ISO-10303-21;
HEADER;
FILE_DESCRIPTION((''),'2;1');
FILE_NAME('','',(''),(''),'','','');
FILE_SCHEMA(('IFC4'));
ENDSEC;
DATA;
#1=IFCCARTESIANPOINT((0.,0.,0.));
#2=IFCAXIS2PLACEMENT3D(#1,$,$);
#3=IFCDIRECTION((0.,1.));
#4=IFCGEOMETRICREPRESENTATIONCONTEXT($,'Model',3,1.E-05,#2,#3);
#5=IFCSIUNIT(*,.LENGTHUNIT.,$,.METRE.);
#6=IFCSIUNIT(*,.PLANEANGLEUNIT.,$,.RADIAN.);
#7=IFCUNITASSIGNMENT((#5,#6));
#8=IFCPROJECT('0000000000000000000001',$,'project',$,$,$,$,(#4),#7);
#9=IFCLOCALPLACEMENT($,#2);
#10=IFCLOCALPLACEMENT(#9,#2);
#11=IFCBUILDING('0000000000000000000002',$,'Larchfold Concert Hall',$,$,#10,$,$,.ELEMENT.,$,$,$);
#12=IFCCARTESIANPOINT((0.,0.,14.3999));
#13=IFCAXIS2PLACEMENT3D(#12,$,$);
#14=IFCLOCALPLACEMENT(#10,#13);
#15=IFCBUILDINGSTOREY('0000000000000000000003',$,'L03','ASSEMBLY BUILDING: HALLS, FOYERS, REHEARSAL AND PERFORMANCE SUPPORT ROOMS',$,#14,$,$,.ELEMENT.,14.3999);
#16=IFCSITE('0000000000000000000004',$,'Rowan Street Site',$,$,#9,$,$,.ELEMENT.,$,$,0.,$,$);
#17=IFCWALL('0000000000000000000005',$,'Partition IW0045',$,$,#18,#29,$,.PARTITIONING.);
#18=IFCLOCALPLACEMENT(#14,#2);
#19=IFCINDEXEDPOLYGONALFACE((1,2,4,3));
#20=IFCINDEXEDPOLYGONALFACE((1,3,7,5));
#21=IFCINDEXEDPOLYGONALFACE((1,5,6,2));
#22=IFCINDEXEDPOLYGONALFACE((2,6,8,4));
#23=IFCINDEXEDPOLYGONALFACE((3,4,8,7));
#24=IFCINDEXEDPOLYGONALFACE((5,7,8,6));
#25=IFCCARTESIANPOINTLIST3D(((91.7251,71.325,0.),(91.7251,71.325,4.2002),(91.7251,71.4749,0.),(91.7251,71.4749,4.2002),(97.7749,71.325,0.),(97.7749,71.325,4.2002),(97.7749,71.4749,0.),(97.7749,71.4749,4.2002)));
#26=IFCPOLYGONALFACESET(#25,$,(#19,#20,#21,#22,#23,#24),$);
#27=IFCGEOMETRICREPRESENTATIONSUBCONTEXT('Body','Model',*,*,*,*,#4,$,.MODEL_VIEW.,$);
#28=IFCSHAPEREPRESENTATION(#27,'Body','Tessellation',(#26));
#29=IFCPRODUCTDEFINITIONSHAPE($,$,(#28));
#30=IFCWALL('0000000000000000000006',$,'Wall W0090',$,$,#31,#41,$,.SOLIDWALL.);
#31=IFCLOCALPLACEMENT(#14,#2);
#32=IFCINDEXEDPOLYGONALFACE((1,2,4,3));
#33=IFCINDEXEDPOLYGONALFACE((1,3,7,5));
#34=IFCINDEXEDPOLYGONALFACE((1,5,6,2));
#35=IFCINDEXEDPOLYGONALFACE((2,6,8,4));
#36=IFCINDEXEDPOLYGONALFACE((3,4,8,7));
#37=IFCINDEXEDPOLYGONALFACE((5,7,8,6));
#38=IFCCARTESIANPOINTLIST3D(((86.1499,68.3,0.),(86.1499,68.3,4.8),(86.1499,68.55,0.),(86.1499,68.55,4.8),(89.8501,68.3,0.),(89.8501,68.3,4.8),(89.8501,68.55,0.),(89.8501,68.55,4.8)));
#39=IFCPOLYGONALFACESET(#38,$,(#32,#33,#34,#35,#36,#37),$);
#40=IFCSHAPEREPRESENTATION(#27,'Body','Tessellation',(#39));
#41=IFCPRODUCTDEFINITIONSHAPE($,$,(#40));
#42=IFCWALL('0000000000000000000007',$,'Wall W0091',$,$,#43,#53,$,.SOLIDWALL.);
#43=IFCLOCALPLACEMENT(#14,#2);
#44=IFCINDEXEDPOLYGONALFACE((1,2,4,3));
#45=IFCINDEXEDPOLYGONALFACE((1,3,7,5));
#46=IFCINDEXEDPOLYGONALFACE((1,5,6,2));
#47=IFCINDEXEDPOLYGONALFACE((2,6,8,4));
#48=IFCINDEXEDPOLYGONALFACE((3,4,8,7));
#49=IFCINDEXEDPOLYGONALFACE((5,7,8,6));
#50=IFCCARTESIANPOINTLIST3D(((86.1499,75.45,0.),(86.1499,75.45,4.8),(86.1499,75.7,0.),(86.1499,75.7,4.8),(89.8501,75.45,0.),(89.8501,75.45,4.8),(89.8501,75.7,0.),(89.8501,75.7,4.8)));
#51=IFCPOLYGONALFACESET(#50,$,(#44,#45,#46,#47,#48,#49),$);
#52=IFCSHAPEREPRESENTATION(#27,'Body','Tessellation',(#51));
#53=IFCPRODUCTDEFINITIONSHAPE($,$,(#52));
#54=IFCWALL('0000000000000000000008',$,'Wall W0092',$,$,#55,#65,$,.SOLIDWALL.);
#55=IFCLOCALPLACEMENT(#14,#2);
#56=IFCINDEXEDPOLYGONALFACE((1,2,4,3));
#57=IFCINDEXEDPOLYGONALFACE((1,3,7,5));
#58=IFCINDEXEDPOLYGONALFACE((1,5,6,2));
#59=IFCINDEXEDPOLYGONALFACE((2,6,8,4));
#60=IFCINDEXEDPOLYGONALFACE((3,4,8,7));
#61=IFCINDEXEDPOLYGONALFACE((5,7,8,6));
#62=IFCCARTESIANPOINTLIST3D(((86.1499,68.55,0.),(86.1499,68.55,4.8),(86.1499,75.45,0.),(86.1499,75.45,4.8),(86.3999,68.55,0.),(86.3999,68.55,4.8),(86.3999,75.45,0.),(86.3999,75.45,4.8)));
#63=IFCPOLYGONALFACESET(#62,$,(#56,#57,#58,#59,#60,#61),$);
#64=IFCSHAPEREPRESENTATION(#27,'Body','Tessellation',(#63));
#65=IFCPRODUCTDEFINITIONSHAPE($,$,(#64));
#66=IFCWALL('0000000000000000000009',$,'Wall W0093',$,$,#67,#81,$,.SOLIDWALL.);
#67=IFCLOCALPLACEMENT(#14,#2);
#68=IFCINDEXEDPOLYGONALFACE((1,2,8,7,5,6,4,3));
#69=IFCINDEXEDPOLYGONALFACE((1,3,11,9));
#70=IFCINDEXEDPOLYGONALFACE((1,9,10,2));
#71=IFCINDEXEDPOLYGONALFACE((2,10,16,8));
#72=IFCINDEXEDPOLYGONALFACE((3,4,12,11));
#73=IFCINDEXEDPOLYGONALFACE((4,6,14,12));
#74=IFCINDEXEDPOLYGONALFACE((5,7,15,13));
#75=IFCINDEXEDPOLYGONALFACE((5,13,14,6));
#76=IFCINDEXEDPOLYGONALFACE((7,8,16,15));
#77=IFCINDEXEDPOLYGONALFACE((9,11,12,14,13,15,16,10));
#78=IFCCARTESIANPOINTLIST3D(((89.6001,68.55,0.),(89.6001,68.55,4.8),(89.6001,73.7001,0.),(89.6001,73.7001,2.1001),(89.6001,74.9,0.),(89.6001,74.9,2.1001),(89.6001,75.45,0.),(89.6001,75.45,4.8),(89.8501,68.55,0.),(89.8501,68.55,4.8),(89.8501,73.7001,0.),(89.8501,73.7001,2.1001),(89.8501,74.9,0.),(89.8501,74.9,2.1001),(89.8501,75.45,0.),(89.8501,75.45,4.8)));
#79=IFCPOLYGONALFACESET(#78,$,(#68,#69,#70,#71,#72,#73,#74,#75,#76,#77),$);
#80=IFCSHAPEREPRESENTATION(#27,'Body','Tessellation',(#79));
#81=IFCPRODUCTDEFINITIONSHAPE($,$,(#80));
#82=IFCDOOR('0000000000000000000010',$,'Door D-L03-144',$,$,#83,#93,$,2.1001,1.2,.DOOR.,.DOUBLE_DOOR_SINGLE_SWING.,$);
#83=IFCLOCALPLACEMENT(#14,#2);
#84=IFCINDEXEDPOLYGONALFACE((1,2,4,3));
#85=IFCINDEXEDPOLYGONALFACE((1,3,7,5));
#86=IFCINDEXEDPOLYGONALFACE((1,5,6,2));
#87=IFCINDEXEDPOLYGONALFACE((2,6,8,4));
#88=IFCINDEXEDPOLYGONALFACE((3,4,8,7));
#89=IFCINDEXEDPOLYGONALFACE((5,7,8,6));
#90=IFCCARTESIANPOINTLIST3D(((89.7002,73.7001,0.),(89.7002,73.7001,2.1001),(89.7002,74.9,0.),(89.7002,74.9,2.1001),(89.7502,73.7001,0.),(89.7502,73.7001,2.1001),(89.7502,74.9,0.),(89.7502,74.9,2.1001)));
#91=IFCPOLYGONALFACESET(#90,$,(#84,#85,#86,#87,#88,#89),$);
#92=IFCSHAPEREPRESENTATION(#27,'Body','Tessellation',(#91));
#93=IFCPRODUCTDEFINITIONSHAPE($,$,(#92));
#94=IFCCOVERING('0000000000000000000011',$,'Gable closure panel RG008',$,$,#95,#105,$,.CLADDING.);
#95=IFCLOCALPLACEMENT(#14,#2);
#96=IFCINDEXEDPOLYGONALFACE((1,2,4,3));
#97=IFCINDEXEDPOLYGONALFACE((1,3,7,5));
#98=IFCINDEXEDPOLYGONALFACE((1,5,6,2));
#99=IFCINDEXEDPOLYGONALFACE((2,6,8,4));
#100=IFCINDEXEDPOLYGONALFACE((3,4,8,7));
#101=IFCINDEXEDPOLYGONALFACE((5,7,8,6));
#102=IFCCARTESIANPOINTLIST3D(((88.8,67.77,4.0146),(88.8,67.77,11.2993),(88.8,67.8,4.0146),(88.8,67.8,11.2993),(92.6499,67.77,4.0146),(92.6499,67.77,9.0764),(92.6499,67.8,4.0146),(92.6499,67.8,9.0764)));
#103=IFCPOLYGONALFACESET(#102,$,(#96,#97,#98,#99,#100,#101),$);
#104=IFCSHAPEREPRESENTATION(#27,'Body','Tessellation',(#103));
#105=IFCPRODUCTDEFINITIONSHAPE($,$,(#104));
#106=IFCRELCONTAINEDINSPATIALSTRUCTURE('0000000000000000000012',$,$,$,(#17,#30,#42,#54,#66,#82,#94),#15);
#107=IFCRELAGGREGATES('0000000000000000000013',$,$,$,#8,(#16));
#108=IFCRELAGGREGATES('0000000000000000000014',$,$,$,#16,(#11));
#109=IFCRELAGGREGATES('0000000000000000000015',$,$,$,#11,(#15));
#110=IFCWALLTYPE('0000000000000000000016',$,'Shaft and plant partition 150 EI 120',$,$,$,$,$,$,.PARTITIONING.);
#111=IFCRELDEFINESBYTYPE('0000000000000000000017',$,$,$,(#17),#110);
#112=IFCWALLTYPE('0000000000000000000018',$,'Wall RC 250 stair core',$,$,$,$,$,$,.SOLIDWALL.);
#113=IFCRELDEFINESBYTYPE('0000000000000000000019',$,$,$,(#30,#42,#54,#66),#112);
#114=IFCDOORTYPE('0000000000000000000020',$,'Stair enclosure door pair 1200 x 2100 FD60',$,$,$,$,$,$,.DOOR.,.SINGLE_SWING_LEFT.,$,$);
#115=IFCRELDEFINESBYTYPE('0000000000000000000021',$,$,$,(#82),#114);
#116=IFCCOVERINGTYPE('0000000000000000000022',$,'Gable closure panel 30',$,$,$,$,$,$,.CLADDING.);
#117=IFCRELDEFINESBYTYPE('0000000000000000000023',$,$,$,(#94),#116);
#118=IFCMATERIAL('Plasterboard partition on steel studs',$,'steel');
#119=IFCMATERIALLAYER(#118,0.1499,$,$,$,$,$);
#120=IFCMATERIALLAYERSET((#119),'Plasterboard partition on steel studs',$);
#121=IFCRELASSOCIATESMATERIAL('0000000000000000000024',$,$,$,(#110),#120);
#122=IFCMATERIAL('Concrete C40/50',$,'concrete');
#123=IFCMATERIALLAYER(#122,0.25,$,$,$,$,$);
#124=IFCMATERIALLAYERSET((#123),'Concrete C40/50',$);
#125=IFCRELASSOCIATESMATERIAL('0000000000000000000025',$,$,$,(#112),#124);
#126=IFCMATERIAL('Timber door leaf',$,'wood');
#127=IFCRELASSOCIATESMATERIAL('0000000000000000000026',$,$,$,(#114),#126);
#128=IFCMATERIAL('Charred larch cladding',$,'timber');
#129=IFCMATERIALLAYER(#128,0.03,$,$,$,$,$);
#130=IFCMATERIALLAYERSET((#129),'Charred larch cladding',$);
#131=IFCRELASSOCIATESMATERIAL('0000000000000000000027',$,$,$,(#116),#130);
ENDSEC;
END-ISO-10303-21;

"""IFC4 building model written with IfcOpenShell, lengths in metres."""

from ifc_helpers import new_model, si_unit, direction, frame, frame_2d, origin, place, context, subcontext, project, spatial, polyline, rectangle, outline, extrude, material, layer, layer_set, type_object, element, fill, save


model = new_model("IFC4")

# Units and contexts
model_context = context("Model", 3, precision=1e-05, world=origin(), true_north=direction((0.0, 1.0)))
body_context = subcontext(model_context, "Body", "Model", "MODEL_VIEW")
ifc_project = project(units=[si_unit("LENGTHUNIT", "METRE"), si_unit("PLANEANGLEUNIT", "RADIAN")], contexts=[model_context])

# Site, building, storey
site_placement = place(None, origin())
site = spatial("IfcSite", under=ifc_project, at=site_placement, Name="Rowan Street Site", CompositionType="ELEMENT", RefElevation=0.0)
building_placement = place(site_placement, origin())
building = spatial("IfcBuilding", under=site, at=building_placement, Name="Larchfold Concert Hall", CompositionType="ELEMENT")
storey_placement = place(building_placement, frame((0.0, 0.0, 14.3999)))
storey = spatial("IfcBuildingStorey", under=building, at=storey_placement, Name="L03", Description="ASSEMBLY BUILDING: HALLS, FOYERS, REHEARSAL AND PERFORMANCE SUPPORT ROOMS", CompositionType="ELEMENT", Elevation=14.3999)

# Walls
ifc_material_1 = material(Name="Plasterboard partition on steel studs", Category="steel")
ifc_layer_1 = layer(ifc_material_1, 0.1499)
ifc_layer_set_1 = layer_set([ifc_layer_1], Name="Plasterboard partition on steel studs")
wall_type_1 = type_object("IfcWallType", Name="Shaft and plant partition 150 EI 120", PredefinedType="PARTITIONING", material=ifc_layer_set_1)
wall_1_placement = place(storey_placement, frame((91.7251, 71.3999, 0.0), z_axis=(0.0, 0.0, 1.0), x_axis=(1.0, 0.0, 0.0)))
element("IfcWall", 1, at=wall_1_placement, inside=storey, type_object=wall_type_1, Name="Partition IW0045", PredefinedType="PARTITIONING", context=body_context, shape_type="SweptSolid", body=[
    extrude(rectangle(XDim=6.0498, YDim=0.1499, at=frame_2d((3.0249, 0.0))), origin(), (0.0, 0.0, 1.0), 4.2002),
])
ifc_material_2 = material(Name="Concrete C40/50", Category="concrete")
ifc_layer_2 = layer(ifc_material_2, 0.25)
ifc_layer_set_2 = layer_set([ifc_layer_2], Name="Concrete C40/50")
wall_type_2 = type_object("IfcWallType", Name="Wall RC 250 stair core", PredefinedType="SOLIDWALL", material=ifc_layer_set_2)
for number, where, z_axis, x_axis, name in (
    (2, (86.1499, 68.425, 0.0), (0.0, 0.0, 1.0), (1.0, 0.0, 0.0), "Wall W0090"),
    (3, (86.1499, 75.575, 0.0), (0.0, 0.0, 1.0), (1.0, 0.0, 0.0), "Wall W0091"),
):
    element("IfcWall", number, at=place(storey_placement, frame(where, z_axis=z_axis, x_axis=x_axis)), inside=storey, type_object=wall_type_2, Name=name, PredefinedType="SOLIDWALL", context=body_context, shape_type="SweptSolid", body=[
        extrude(rectangle(XDim=3.7002, YDim=0.25, at=frame_2d((1.8501, 0.0))), origin(), (0.0, 0.0, 1.0), 4.8),
    ])
wall_2_placement = place(storey_placement, frame((86.2749, 68.55, 0.0), z_axis=(0.0, 0.0, 1.0), x_axis=(0.0, 1.0, 0.0)))
element("IfcWall", 4, at=wall_2_placement, inside=storey, type_object=wall_type_2, Name="Wall W0092", PredefinedType="SOLIDWALL", context=body_context, shape_type="SweptSolid", body=[
    extrude(rectangle(XDim=6.8999, YDim=0.25, at=frame_2d((3.45, 0.0))), origin(), (0.0, 0.0, 1.0), 4.8),
])

# Wall, opening, door
wall_3_placement = place(storey_placement, frame((89.7251, 68.55, 0.0), z_axis=(0.0, 0.0, 1.0), x_axis=(0.0, 1.0, 0.0)))
wall_3 = element("IfcWall", 5, at=wall_3_placement, inside=storey, type_object=wall_type_2, Name="Wall W0093", PredefinedType="SOLIDWALL", context=body_context, shape_type="SweptSolid", body=[
    extrude(rectangle(XDim=6.8999, YDim=0.25, at=frame_2d((3.45, 0.0))), origin(), (0.0, 0.0, 1.0), 4.8),
])
opening_1_placement = place(wall_3_placement, frame((5.1499, 0.0, 0.0)))
opening_1 = element("IfcOpeningElement", 6, at=opening_1_placement, cuts=wall_3, PredefinedType="OPENING", context=body_context, shape_type="SweptSolid", body=[
    extrude(rectangle(XDim=1.2, YDim=2.1001, at=frame_2d((0.6001, 1.05))), frame((0.0, 0.135, 0.0), z_axis=(0.0, -1.0, 0.0), x_axis=(1.0, 0.0, 0.0)), (0.0, 0.0, 1.0), 0.27),
])
ifc_material_3 = material(Name="Timber door leaf", Category="wood")
door_type = type_object("IfcDoorType", Name="Stair enclosure door pair 1200 x 2100 FD60", OperationType="SINGLE_SWING_LEFT", PredefinedType="DOOR", material=ifc_material_3)
door_placement = place(opening_1_placement, origin())
door = element("IfcDoor", 7, at=door_placement, inside=storey, type_object=door_type, Name="Door D-L03-144", OperationType="DOUBLE_DOOR_SINGLE_SWING", OverallHeight=2.1001, OverallWidth=1.2, PredefinedType="DOOR", context=body_context, shape_type="SweptSolid", body=[
    extrude(rectangle(XDim=1.2, YDim=2.1001, at=frame_2d((0.6001, 1.05))), frame((0.0, 0.0249, 0.0), z_axis=(0.0, -1.0, 0.0), x_axis=(1.0, 0.0, 0.0)), (0.0, 0.0, 1.0), 0.05),
])
fill(opening_1, door)

# Covering
ifc_material_4 = material(Name="Charred larch cladding", Category="timber")
ifc_layer_3 = layer(ifc_material_4, 0.03)
ifc_layer_set_3 = layer_set([ifc_layer_3], Name="Charred larch cladding")
covering_type = type_object("IfcCoveringType", Name="Gable closure panel 30", PredefinedType="CLADDING", material=ifc_layer_set_3)
covering_placement = place(storey_placement, frame((88.8, 67.77, 4.0146), z_axis=(0.0, -1.0, 0.0), x_axis=(1.0, 0.0, 0.0)))
element("IfcCovering", 8, at=covering_placement, inside=storey, type_object=covering_type, Name="Gable closure panel RG008", PredefinedType="CLADDING", context=body_context, shape_type="SweptSolid", body=[
    extrude(outline(polyline([(0.0, 0.0), (3.8499, 0.0), (3.8499, 5.0618), (0.0, 7.2847), (0.0, 0.0)])), origin(), (0.0, 0.0, -1.0), 0.03),
])

save(model, "model.ifc")
